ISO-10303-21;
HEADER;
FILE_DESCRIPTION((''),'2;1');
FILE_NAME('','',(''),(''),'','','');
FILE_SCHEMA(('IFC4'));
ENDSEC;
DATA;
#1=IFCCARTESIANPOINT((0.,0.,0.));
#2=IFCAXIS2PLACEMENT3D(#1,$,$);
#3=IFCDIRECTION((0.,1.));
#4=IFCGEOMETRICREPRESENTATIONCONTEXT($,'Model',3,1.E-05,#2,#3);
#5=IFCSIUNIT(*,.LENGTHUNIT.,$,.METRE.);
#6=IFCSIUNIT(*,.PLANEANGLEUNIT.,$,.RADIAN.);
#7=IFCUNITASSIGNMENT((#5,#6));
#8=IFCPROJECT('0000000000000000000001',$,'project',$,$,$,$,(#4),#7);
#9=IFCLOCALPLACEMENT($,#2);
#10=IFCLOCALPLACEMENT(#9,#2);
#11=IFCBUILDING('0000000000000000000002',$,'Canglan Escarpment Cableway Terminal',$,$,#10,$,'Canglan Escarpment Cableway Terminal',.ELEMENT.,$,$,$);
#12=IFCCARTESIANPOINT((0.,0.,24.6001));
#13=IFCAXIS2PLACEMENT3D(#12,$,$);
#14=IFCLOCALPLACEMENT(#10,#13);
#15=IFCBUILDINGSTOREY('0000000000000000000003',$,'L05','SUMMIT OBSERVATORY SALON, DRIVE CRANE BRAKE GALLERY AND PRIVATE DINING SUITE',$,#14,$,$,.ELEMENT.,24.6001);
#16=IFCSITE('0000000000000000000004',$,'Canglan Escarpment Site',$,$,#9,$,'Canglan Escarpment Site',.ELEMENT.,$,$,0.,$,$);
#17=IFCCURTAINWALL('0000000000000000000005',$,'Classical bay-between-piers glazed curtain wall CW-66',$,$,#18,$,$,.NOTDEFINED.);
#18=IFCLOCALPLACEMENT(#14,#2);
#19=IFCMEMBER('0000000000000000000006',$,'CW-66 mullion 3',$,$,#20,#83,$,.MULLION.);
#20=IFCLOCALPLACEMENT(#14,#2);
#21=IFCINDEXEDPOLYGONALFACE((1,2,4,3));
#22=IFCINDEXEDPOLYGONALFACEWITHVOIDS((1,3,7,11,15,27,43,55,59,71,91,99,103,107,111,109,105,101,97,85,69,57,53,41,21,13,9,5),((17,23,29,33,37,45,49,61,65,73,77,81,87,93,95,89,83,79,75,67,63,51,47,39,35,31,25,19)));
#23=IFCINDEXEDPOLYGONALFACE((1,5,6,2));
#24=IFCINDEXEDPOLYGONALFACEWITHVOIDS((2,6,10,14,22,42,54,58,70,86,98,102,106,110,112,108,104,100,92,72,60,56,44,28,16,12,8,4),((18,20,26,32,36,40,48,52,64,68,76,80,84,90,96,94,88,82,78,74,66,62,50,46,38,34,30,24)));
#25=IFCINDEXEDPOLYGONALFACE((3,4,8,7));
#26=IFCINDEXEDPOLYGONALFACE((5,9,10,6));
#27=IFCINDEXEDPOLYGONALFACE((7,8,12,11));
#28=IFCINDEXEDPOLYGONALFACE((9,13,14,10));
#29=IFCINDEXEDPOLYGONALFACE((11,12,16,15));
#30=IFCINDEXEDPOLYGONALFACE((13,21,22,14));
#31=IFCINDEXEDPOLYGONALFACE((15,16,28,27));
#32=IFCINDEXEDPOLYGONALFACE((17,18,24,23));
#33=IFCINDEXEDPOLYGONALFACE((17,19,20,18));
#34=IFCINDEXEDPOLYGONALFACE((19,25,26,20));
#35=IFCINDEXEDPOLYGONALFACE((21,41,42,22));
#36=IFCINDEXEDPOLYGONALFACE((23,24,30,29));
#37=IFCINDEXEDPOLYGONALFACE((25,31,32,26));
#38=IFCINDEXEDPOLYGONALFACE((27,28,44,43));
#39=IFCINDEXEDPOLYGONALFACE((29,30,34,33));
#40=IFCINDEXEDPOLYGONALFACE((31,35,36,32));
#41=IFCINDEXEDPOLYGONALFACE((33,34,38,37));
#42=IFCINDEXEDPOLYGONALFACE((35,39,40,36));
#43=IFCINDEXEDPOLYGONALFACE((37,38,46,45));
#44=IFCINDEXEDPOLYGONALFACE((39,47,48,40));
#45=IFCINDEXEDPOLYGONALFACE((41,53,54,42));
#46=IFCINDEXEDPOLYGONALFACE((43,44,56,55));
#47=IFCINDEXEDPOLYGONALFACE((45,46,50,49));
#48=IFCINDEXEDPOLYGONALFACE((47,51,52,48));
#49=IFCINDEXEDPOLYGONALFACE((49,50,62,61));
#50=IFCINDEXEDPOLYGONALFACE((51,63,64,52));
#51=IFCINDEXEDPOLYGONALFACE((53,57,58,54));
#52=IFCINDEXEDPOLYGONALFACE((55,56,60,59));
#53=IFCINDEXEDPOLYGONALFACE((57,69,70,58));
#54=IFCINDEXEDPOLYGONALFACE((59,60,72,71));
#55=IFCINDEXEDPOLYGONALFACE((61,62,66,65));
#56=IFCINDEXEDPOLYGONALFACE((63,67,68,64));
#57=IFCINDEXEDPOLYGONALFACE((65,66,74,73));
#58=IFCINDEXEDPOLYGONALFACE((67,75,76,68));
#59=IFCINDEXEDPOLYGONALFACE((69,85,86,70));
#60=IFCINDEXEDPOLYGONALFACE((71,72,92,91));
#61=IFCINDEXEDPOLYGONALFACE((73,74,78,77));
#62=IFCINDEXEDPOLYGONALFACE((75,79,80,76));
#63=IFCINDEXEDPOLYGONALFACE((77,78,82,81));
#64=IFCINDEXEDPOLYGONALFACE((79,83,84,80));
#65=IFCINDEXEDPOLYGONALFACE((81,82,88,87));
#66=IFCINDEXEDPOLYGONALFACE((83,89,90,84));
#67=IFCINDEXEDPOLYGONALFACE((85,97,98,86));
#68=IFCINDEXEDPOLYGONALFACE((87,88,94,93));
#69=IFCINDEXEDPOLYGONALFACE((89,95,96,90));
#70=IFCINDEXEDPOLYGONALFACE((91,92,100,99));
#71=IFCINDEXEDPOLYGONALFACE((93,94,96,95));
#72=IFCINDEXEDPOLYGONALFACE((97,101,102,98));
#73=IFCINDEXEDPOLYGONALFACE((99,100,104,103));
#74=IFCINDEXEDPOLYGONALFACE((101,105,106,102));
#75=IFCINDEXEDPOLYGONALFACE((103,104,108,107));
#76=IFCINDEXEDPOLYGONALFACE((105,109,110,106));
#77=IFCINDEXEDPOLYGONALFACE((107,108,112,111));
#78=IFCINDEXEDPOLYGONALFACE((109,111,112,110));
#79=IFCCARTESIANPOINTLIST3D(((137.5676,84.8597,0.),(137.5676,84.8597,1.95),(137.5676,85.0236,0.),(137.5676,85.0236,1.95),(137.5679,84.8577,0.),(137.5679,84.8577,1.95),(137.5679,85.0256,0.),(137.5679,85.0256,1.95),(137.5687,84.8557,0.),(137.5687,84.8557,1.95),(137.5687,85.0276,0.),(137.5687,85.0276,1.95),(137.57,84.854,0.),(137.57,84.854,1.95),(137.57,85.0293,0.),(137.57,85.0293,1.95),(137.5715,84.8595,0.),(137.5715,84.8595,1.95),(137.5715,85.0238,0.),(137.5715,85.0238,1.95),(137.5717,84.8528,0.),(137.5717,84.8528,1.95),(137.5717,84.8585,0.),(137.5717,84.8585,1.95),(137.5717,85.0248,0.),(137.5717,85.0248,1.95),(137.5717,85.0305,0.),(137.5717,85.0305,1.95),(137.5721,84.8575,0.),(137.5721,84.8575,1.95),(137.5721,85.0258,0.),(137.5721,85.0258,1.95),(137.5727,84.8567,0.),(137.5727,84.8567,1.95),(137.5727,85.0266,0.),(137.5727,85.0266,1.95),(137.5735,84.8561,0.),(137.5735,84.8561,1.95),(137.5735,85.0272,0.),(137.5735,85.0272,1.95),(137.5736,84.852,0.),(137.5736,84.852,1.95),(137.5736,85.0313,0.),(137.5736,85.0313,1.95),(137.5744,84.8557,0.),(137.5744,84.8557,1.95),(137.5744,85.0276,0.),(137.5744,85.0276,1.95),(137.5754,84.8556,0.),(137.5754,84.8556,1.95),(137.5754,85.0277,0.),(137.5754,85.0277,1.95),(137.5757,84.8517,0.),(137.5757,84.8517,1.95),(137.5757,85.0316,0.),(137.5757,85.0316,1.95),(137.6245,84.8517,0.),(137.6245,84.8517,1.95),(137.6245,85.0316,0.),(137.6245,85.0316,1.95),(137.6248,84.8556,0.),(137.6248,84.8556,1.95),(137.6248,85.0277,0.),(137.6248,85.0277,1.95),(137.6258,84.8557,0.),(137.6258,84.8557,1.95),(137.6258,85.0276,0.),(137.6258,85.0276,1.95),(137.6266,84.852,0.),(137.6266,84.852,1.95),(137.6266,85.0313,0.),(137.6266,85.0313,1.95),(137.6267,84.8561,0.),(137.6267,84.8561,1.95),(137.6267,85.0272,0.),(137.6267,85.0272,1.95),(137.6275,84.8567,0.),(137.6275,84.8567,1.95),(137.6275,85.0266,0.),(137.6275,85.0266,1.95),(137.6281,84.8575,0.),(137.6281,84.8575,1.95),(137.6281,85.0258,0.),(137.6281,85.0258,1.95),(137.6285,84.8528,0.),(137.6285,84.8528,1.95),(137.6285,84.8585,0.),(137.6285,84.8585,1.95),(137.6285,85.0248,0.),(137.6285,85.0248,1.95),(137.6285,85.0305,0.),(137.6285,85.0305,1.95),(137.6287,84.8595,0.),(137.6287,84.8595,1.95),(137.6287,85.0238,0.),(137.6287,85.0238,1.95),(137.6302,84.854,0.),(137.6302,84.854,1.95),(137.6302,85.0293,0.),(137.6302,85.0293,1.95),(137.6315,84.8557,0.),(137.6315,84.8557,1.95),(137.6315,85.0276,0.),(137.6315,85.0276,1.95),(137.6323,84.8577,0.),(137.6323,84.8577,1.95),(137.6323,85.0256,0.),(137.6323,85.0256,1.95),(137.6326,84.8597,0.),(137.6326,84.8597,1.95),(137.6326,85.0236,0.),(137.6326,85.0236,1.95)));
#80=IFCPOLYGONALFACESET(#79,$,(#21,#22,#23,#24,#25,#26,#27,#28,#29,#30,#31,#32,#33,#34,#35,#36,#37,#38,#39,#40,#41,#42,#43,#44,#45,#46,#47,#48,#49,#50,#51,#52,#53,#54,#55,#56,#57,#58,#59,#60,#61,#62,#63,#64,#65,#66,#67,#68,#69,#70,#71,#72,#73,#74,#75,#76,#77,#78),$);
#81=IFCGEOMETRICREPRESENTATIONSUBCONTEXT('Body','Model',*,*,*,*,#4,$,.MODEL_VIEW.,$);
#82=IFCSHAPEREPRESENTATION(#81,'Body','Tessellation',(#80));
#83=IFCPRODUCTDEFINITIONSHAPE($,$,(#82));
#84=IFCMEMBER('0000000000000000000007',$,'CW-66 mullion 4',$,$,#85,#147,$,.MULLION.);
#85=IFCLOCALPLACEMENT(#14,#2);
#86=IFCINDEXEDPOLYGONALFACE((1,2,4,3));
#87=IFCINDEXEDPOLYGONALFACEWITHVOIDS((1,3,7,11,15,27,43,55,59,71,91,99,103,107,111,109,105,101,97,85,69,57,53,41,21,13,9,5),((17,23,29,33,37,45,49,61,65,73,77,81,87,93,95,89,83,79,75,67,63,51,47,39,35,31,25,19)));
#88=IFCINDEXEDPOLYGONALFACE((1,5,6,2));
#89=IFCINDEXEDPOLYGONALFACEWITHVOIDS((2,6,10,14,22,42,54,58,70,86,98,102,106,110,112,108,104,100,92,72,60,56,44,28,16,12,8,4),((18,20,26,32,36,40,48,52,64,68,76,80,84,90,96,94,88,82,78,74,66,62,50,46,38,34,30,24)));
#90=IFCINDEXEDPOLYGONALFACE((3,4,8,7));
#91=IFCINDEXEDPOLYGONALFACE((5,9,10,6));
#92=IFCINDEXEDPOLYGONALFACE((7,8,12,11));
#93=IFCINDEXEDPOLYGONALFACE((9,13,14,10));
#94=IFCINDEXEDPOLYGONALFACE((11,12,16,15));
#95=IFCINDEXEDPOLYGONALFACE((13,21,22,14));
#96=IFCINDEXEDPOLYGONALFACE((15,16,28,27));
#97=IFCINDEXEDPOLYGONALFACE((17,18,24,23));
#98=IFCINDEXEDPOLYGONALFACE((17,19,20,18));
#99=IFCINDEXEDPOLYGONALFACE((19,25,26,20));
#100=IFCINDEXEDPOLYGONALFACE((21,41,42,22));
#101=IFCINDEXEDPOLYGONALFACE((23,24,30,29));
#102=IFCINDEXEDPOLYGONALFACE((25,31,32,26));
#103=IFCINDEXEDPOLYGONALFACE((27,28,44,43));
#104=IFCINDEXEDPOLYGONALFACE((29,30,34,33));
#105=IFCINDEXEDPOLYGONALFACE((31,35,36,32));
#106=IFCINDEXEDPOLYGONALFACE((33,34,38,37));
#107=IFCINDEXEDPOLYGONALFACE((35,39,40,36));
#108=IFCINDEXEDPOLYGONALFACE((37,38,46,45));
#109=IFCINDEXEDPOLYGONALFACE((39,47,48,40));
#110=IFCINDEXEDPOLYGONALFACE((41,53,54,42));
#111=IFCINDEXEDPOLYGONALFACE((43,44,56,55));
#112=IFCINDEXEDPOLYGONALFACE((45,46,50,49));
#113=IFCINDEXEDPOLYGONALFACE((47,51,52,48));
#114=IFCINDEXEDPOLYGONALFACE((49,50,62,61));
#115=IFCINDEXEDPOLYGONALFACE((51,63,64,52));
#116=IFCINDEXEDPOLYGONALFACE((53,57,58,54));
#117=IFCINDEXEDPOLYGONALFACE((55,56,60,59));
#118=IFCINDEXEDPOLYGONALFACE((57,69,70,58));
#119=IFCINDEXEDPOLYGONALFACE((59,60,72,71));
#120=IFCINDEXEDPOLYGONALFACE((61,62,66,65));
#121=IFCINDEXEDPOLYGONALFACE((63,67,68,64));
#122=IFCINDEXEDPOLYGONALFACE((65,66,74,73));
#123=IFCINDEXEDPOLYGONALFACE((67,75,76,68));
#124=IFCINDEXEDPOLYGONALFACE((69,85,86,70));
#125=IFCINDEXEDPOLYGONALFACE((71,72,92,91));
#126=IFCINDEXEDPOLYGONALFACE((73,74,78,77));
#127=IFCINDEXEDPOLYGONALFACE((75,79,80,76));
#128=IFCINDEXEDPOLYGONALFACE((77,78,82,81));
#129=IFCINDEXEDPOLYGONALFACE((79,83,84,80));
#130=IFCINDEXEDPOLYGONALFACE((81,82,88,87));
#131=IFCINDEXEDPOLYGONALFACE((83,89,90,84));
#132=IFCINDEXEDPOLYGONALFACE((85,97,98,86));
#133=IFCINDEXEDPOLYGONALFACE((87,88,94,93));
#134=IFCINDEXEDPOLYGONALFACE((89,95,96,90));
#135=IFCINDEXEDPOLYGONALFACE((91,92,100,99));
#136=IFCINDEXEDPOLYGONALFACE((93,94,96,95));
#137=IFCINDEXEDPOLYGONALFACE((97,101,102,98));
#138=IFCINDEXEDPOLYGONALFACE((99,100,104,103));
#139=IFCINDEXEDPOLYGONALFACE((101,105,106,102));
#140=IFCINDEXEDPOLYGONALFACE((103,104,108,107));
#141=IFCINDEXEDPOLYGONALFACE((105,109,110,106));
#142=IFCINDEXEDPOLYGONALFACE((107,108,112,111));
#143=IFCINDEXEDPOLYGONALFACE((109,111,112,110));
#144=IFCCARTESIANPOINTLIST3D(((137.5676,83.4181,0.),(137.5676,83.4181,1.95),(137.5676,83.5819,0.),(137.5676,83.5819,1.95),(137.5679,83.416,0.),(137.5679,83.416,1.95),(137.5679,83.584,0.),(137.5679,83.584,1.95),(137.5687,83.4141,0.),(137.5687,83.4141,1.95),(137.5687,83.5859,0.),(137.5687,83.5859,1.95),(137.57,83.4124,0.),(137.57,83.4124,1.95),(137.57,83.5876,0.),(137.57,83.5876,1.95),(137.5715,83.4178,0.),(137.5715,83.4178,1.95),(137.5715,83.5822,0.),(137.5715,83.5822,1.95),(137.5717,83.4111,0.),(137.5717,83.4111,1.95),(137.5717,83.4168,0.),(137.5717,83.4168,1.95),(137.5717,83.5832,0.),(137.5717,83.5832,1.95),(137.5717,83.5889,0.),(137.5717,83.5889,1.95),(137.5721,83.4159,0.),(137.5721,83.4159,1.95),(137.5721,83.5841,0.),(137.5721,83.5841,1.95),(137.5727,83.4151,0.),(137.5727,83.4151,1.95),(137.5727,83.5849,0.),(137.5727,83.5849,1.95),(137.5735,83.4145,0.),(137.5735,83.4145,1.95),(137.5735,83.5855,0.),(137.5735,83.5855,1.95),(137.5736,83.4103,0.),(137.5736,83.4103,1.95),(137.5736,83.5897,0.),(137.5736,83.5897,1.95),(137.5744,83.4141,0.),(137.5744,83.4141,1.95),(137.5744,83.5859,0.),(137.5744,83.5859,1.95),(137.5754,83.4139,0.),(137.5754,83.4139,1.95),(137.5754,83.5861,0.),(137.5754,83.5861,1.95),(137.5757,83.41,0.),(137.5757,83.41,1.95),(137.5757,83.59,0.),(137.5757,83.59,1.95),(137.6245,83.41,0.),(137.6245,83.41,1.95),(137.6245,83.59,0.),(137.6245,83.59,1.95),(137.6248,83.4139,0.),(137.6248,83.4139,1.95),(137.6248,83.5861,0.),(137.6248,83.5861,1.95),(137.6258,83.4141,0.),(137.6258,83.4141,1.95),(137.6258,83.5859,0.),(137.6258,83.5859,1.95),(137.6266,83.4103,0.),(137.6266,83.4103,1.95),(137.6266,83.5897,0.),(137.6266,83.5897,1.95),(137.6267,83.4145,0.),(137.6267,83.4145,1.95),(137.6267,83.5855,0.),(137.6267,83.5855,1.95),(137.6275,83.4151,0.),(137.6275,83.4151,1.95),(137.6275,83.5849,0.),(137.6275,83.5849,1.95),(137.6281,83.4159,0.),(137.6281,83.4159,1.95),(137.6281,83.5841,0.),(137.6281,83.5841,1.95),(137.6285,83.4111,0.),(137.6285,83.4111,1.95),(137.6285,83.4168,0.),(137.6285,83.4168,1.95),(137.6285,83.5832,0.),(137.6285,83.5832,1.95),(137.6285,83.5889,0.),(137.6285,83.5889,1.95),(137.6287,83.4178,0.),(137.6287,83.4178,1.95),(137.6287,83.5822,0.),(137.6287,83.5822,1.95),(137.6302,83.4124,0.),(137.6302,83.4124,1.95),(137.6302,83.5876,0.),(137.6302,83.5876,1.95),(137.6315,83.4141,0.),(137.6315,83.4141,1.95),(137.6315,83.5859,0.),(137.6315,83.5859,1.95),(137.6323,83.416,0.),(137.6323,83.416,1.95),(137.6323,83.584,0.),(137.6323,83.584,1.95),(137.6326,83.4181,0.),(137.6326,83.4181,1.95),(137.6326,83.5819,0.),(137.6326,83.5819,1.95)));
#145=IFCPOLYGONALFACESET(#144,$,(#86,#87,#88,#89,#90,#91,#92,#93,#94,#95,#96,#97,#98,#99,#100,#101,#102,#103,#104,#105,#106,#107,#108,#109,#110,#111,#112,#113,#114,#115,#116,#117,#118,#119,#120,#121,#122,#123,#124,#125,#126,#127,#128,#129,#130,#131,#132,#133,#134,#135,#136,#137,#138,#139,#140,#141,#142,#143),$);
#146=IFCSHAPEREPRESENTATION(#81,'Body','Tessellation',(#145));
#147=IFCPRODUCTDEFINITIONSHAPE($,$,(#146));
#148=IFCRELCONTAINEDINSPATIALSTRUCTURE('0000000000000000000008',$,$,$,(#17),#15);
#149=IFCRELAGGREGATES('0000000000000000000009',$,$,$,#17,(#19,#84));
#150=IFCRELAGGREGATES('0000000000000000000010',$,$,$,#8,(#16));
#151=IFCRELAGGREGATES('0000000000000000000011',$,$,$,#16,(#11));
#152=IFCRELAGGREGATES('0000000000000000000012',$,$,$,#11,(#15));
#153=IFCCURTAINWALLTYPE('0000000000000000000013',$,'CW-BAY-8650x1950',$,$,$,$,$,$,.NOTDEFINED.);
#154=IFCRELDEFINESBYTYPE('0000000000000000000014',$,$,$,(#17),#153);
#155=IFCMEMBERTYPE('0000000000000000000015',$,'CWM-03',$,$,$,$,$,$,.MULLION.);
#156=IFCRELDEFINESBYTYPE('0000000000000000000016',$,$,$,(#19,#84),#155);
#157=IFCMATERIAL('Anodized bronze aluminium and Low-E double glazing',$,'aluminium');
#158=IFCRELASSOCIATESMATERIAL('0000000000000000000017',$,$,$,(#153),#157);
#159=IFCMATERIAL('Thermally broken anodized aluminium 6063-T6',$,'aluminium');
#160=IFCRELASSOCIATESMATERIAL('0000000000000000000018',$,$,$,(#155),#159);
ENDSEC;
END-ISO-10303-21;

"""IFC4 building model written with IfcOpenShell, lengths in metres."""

from ifc_helpers import new_model, si_unit, direction, frame, origin, origin_2d, place, context, subcontext, project, spatial, hollow_rectangle, extrude, material, material_profile, profile_set, type_object, element, aggregate, save


model = new_model("IFC4")

# Units and contexts
model_context = context("Model", 3, precision=1e-05, world=origin(), true_north=direction((0.0, 1.0)))
body_context = subcontext(model_context, "Body", "Model", "MODEL_VIEW")
ifc_project = project(units=[si_unit("LENGTHUNIT", "METRE"), si_unit("PLANEANGLEUNIT", "RADIAN")], contexts=[model_context])

# Site, building, storey
site_placement = place(None, origin())
site = spatial("IfcSite", under=ifc_project, at=site_placement, Name="Canglan Escarpment Site", LongName="Canglan Escarpment Site", CompositionType="ELEMENT", RefElevation=0.0)
building_placement = place(site_placement, origin())
building = spatial("IfcBuilding", under=site, at=building_placement, Name="Canglan Escarpment Cableway Terminal", LongName="Canglan Escarpment Cableway Terminal", CompositionType="ELEMENT")
storey_placement = place(building_placement, frame((0.0, 0.0, 24.6001)))
storey = spatial("IfcBuildingStorey", under=building, at=storey_placement, Name="L05", Description="SUMMIT OBSERVATORY SALON, DRIVE CRANE BRAKE GALLERY AND PRIVATE DINING SUITE", CompositionType="ELEMENT", Elevation=24.6001)

# Curtain wall, members
ifc_material_1 = material(Name="Anodized bronze aluminium and Low-E double glazing", Category="aluminium")
curtain_wall_type = type_object("IfcCurtainWallType", Name="CW-BAY-8650x1950", PredefinedType="NOTDEFINED", material=ifc_material_1)
curtain_wall_placement = place(storey_placement, origin())
curtain_wall = element("IfcCurtainWall", 1, at=curtain_wall_placement, inside=storey, type_object=curtain_wall_type, Name="Classical bay-between-piers glazed curtain wall CW-66", PredefinedType="NOTDEFINED")
ifc_material_2 = material(Name="Thermally broken anodized aluminium 6063-T6", Category="aluminium")
ifc_material_profile_1 = material_profile(ifc_material_2, hollow_rectangle(XDim=0.0649, YDim=0.1799, WallThickness=0.0039, InnerFilletRadius=0.0039, OuterFilletRadius=0.0081, at=origin_2d()), Name="ALU-MULL 65x180x4")
ifc_profile_set_1 = profile_set([ifc_material_profile_1], Name="Thermally broken anodized aluminium 6063-T6")
member_type_1 = type_object("IfcMemberType", Name="CWM-03", PredefinedType="MULLION", material=ifc_profile_set_1)
member_1_placement = place(storey_placement, frame((137.6001, 84.9417, 0.0), z_axis=(0.0, 0.0, 1.0), x_axis=(1.0, 0.0, 0.0)))
member_1 = element("IfcMember", 2, at=member_1_placement, type_object=member_type_1, Name="CW-66 mullion 3", PredefinedType="MULLION", context=body_context, shape_type="SweptSolid", body=[
    extrude(hollow_rectangle(XDim=0.0649, YDim=0.1799, WallThickness=0.0039, InnerFilletRadius=0.0039, OuterFilletRadius=0.0081, at=origin_2d()), origin(), (0.0, 0.0, 1.0), 1.95),
])
member_2_placement = place(storey_placement, frame((137.6001, 83.5, 0.0), z_axis=(0.0, 0.0, 1.0), x_axis=(1.0, 0.0, 0.0)))
member_2 = element("IfcMember", 3, at=member_2_placement, type_object=member_type_1, Name="CW-66 mullion 4", PredefinedType="MULLION", context=body_context, shape_type="SweptSolid", body=[
    extrude(hollow_rectangle(XDim=0.0649, YDim=0.1799, WallThickness=0.0039, InnerFilletRadius=0.0039, OuterFilletRadius=0.0081, at=origin_2d()), origin(), (0.0, 0.0, 1.0), 1.95),
])
aggregate(curtain_wall, [member_1, member_2])

save(model, "model.ifc")
